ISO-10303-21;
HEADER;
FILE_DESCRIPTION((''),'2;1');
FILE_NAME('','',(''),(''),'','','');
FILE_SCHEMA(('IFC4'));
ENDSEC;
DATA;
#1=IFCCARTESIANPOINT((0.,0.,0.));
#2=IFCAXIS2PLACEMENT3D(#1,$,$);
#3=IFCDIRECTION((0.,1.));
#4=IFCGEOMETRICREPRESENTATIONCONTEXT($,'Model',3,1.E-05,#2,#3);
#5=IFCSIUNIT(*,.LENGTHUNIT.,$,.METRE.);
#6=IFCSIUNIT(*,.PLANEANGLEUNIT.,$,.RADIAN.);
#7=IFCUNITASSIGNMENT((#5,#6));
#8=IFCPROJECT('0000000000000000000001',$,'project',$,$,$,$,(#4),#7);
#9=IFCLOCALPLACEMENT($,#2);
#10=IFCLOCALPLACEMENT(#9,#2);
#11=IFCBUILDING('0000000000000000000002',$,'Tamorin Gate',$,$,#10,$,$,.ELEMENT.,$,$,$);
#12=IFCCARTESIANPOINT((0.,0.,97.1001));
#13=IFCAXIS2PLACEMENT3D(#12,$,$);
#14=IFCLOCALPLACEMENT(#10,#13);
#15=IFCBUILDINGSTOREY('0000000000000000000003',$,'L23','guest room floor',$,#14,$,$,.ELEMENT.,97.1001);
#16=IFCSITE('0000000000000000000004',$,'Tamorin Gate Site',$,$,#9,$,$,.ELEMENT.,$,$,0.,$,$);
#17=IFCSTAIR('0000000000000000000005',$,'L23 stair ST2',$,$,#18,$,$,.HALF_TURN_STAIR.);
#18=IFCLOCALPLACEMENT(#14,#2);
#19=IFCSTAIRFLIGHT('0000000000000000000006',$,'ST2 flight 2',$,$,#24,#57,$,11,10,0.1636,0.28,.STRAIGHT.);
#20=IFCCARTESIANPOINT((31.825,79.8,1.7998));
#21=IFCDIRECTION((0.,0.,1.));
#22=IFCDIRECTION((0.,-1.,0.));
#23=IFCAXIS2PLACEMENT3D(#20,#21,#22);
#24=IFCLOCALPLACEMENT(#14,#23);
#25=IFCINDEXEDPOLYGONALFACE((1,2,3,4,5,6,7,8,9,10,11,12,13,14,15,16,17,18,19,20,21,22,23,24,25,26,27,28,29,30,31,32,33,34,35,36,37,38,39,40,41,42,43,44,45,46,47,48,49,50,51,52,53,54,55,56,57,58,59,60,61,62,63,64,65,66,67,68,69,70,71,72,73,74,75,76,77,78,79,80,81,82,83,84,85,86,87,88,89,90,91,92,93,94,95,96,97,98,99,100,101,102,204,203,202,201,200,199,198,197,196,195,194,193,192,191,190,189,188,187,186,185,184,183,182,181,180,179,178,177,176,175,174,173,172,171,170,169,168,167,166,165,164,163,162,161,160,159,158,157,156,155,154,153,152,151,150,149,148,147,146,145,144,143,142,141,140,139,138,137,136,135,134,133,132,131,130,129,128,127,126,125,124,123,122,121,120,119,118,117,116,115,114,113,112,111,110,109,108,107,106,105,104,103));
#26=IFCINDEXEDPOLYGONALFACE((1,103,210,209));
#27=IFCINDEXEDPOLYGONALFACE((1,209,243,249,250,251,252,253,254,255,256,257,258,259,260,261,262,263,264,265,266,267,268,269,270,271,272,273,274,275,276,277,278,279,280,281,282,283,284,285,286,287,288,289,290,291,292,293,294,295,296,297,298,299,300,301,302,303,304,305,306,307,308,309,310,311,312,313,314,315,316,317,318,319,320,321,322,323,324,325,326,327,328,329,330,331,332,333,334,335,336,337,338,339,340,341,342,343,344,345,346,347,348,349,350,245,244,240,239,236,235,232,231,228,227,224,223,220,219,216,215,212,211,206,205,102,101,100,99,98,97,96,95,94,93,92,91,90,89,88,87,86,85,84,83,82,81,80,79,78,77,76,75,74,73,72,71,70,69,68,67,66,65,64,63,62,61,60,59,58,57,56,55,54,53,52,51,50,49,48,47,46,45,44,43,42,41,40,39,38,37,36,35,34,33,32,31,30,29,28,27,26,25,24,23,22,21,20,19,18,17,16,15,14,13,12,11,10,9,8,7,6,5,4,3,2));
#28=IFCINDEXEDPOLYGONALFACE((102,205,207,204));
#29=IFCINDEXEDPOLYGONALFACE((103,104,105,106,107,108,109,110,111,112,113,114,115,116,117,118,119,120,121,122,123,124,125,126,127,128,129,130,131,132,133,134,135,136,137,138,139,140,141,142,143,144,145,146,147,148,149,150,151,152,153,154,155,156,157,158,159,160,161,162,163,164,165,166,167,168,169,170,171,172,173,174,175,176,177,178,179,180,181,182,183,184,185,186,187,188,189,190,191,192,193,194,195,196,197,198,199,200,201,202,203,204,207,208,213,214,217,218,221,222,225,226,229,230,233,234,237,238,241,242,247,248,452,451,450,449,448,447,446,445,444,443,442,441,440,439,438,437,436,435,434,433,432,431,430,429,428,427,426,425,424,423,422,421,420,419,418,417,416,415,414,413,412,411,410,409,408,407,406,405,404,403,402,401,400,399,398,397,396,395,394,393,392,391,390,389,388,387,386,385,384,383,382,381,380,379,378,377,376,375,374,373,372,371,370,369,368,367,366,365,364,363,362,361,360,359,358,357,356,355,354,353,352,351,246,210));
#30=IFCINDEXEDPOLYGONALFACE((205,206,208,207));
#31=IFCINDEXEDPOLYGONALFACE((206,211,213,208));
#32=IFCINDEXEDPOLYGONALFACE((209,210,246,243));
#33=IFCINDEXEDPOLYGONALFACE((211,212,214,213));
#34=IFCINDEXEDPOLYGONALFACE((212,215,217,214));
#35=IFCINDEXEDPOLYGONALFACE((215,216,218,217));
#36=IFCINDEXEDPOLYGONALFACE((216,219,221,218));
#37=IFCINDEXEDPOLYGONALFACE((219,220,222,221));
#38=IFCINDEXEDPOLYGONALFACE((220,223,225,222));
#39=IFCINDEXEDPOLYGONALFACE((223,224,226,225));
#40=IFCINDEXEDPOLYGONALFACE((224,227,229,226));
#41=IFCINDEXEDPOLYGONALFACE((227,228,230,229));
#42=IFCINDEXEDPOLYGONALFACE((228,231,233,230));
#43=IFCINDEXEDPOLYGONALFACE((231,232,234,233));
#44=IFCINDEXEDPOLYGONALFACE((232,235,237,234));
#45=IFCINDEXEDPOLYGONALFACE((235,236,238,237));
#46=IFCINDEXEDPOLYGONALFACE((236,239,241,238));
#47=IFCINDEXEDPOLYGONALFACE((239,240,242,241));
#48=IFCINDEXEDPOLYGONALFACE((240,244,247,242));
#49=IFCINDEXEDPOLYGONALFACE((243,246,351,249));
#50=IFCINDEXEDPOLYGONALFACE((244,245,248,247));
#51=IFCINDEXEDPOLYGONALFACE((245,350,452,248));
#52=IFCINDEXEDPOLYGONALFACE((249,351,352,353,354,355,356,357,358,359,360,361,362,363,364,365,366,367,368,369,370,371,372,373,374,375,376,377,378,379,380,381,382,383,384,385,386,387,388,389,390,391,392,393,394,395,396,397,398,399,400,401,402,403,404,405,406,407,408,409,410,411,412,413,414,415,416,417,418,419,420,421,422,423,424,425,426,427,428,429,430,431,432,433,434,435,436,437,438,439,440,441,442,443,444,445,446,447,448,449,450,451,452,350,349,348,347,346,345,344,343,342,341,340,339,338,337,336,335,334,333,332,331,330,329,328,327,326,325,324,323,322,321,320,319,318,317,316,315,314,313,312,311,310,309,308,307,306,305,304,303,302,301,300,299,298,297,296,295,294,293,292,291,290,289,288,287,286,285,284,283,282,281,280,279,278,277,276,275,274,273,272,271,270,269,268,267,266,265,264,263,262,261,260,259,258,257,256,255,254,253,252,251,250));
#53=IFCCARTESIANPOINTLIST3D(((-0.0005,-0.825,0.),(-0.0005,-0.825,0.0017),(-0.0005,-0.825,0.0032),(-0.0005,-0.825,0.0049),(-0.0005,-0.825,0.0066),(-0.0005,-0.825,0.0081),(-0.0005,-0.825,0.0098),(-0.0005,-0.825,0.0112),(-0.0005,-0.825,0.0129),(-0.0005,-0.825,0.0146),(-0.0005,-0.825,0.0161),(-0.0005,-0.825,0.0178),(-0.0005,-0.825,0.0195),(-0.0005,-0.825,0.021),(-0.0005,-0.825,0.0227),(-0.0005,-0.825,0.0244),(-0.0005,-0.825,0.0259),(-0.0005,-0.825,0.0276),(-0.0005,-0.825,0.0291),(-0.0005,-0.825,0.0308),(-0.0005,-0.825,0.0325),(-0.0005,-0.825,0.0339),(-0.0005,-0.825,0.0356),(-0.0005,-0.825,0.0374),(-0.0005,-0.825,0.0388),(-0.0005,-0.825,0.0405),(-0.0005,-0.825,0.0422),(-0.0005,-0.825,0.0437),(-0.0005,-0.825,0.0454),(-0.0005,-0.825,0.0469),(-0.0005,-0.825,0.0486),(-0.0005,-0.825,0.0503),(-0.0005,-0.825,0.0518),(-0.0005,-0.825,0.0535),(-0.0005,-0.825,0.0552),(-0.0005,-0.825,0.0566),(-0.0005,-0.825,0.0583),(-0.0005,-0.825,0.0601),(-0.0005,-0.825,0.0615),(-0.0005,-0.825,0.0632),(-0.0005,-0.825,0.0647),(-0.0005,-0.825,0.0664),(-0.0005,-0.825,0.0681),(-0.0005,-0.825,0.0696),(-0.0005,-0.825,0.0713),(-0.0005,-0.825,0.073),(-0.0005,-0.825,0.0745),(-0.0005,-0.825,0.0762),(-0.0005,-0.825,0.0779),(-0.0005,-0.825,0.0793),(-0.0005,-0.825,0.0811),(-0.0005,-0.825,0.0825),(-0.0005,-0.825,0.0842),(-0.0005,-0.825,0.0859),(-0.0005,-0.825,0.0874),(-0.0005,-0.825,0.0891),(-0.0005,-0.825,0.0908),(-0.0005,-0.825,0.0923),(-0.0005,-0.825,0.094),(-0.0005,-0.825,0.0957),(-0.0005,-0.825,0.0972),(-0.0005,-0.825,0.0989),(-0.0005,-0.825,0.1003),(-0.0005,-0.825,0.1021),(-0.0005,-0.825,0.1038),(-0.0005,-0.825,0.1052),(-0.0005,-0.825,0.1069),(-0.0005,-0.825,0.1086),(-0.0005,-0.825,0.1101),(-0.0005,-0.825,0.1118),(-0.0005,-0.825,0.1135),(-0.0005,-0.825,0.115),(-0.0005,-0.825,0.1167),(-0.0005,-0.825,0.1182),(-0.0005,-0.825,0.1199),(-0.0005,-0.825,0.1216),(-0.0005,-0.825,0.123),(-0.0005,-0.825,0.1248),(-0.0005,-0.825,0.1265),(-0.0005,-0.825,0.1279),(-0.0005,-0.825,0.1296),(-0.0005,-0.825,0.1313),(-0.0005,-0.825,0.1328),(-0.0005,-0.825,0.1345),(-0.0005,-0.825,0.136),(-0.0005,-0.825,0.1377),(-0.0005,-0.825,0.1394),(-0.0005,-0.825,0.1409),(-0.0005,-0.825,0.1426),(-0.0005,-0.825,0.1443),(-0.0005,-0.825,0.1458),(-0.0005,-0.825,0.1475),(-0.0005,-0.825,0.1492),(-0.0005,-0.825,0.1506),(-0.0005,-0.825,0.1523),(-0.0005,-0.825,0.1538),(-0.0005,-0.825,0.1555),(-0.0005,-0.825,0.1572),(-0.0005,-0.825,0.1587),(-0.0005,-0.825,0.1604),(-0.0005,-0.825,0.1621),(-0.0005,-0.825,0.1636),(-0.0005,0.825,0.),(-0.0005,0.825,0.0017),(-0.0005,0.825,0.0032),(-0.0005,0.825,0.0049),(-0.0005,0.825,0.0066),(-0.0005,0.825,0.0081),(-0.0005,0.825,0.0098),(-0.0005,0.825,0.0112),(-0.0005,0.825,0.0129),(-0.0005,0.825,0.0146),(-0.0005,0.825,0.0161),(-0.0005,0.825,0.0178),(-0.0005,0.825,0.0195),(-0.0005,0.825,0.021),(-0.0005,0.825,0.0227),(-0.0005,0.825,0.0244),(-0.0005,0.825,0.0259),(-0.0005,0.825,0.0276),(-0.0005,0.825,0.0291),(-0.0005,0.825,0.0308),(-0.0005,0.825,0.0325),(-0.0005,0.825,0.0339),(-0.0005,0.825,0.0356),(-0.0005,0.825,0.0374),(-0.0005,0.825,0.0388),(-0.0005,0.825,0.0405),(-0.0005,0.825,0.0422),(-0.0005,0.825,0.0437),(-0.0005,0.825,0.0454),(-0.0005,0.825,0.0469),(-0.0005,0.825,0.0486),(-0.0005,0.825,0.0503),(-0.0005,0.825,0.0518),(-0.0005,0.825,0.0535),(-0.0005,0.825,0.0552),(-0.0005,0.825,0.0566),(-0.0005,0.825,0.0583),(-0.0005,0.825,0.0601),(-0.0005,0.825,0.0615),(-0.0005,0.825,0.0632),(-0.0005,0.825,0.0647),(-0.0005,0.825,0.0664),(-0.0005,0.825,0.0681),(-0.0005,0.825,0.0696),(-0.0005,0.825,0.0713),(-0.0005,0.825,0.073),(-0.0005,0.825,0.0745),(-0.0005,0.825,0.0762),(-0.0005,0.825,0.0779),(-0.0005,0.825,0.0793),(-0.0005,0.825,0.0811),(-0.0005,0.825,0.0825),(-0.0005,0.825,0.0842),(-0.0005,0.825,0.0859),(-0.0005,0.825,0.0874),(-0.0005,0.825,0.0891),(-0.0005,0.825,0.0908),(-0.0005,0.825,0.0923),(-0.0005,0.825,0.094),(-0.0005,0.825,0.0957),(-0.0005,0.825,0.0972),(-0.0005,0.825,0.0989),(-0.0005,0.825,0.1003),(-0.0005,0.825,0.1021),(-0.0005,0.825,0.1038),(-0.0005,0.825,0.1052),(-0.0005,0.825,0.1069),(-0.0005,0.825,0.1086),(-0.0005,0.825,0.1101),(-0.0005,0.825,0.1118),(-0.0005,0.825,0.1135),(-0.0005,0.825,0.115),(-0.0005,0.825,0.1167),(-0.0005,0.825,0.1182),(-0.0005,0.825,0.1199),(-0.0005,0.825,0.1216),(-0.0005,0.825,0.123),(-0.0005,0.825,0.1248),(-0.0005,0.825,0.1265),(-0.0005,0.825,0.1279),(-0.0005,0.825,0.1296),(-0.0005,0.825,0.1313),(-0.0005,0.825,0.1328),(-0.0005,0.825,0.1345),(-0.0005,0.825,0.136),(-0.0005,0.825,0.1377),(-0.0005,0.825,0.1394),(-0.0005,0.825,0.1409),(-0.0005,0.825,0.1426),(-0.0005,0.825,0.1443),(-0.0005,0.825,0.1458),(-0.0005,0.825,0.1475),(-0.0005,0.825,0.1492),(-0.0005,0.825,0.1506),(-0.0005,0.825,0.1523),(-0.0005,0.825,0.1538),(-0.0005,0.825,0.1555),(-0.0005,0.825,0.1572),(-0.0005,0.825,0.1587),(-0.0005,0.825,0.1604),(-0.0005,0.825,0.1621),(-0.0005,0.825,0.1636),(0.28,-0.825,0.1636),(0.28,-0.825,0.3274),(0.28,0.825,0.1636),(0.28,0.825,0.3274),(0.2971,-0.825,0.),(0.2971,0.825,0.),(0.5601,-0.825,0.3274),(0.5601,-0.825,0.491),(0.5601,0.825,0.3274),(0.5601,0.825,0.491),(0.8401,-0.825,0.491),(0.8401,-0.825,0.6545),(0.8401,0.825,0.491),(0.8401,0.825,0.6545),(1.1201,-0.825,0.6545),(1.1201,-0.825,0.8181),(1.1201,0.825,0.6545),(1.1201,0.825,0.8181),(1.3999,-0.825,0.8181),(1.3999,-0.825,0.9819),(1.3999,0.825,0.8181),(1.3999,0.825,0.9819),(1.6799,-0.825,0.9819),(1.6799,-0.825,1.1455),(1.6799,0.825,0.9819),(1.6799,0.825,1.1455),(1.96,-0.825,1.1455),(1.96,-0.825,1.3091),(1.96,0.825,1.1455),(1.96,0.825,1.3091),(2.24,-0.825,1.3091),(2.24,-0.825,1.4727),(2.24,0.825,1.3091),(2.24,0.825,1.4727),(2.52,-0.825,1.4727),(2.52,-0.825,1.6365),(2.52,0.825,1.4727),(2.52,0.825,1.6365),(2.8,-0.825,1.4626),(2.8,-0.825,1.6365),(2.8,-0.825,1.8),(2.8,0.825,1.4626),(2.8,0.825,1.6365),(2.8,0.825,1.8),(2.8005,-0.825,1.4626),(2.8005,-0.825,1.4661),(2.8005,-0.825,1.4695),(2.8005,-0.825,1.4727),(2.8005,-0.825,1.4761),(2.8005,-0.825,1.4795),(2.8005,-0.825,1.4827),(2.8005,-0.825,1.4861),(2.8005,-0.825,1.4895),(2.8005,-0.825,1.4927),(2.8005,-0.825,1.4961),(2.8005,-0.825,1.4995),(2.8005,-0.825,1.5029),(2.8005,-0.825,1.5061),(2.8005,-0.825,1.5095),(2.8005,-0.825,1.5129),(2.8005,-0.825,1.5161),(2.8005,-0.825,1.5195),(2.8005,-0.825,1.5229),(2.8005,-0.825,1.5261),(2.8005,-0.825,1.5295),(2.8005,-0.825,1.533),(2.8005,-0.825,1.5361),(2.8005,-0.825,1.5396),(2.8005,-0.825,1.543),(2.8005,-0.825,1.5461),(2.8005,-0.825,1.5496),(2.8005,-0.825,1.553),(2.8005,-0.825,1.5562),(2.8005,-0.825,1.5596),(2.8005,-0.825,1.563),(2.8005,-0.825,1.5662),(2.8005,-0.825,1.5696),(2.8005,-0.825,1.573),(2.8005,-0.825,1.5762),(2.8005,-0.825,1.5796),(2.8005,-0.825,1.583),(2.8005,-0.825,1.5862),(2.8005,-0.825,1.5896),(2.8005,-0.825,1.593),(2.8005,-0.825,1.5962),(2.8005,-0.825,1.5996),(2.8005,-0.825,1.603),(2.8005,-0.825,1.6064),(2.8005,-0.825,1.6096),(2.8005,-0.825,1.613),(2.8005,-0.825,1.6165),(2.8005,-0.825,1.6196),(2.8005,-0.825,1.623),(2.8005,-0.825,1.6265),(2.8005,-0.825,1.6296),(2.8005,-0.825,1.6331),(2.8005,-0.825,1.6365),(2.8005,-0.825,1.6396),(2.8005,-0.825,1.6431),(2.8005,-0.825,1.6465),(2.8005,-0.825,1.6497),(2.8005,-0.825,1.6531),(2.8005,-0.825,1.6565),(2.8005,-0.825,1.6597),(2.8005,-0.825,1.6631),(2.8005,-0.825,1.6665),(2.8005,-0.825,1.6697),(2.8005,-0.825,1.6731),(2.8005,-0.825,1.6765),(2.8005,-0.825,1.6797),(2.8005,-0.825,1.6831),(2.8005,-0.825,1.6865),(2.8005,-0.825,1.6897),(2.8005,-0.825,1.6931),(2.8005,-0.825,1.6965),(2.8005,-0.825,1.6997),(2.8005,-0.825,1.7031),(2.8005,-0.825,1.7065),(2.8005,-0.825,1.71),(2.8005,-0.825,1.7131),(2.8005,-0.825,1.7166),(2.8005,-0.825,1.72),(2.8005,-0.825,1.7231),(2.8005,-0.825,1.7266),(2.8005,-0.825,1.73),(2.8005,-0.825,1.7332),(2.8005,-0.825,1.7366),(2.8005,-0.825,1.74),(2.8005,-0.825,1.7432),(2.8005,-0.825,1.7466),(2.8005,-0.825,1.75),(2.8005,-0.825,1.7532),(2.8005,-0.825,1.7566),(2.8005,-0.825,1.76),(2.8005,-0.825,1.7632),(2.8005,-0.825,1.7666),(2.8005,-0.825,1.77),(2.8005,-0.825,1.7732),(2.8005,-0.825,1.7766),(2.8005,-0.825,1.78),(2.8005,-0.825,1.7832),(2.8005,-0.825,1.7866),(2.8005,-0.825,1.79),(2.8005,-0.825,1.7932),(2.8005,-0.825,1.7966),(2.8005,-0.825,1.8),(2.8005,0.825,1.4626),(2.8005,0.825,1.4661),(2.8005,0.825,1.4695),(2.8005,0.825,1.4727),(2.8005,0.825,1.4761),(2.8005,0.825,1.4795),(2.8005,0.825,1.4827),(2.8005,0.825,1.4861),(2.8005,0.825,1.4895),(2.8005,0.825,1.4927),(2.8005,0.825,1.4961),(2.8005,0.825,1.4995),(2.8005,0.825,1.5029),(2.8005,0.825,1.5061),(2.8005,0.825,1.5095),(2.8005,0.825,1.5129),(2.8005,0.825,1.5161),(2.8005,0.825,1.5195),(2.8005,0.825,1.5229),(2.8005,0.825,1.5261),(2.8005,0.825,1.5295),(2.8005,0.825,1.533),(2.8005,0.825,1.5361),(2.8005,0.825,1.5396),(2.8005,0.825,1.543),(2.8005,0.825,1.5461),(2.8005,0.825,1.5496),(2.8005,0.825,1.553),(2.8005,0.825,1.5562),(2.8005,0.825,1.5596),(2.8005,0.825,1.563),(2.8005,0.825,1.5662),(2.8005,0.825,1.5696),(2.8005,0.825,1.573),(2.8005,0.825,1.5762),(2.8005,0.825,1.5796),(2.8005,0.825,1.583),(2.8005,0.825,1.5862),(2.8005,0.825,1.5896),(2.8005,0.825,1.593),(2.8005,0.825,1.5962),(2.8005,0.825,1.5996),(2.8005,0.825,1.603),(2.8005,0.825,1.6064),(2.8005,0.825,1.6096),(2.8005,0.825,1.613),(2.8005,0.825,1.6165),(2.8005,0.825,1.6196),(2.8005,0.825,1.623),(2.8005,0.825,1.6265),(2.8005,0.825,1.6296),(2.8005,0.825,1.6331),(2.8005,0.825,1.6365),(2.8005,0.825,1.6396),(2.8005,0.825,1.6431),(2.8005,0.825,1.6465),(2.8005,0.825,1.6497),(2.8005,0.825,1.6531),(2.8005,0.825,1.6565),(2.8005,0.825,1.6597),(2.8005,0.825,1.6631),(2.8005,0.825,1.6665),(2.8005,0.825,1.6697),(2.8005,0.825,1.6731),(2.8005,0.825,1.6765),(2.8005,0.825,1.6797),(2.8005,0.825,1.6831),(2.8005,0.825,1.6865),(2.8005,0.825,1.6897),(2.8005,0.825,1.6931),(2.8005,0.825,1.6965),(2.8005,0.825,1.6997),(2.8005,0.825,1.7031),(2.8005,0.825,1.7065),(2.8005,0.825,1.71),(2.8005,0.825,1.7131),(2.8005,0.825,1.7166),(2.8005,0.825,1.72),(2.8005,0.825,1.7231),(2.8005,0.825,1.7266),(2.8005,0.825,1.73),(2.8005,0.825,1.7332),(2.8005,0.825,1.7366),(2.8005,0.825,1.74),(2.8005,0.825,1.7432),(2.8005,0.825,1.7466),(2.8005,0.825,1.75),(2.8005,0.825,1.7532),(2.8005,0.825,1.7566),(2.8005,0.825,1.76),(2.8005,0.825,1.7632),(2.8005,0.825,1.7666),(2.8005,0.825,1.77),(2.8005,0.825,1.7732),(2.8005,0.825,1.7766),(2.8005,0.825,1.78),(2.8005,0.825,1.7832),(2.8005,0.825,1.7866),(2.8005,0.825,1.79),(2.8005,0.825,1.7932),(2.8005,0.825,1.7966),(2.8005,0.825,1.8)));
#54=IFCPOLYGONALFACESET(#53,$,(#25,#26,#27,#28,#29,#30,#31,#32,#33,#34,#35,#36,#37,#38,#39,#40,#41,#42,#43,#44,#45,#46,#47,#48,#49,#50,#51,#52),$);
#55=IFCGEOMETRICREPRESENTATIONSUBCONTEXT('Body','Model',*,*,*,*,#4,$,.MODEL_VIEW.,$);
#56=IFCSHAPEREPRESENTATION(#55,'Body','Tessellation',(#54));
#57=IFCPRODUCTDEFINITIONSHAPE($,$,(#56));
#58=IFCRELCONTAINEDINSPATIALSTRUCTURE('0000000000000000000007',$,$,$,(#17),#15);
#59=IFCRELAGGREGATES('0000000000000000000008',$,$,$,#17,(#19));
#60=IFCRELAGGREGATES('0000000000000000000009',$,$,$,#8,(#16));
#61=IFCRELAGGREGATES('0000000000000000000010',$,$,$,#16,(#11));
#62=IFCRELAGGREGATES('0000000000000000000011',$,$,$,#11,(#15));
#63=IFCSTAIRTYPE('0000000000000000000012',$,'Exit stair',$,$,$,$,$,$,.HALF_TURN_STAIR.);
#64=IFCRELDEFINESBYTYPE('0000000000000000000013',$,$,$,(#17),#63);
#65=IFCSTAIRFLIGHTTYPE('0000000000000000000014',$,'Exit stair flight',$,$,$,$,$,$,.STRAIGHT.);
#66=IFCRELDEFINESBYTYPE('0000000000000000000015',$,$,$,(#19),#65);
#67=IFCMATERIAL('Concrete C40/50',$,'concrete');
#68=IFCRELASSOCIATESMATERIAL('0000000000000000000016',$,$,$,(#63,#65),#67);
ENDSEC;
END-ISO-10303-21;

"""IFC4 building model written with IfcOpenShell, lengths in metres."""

from ifc_helpers import new_model, si_unit, direction, frame, origin, place, context, subcontext, project, spatial, polyline, outline, extrude, material, type_object, element, aggregate, save


model = new_model("IFC4")

# Units and contexts
model_context = context("Model", 3, precision=1e-05, world=origin(), true_north=direction((0.0, 1.0)))
body_context = subcontext(model_context, "Body", "Model", "MODEL_VIEW")
ifc_project = project(units=[si_unit("LENGTHUNIT", "METRE"), si_unit("PLANEANGLEUNIT", "RADIAN")], contexts=[model_context])

# Site, building, storey
site_placement = place(None, origin())
site = spatial("IfcSite", under=ifc_project, at=site_placement, Name="Tamorin Gate Site", CompositionType="ELEMENT", RefElevation=0.0)
building_placement = place(site_placement, origin())
building = spatial("IfcBuilding", under=site, at=building_placement, Name="Tamorin Gate", CompositionType="ELEMENT")
storey_placement = place(building_placement, frame((0.0, 0.0, 97.1001)))
storey = spatial("IfcBuildingStorey", under=building, at=storey_placement, Name="L23", Description="guest room floor", CompositionType="ELEMENT", Elevation=97.1001)

# Shared definitions
ifc_material_1 = material(Name="Concrete C40/50", Category="concrete")

# Stair, stair flight
stair_type = type_object("IfcStairType", Name="Exit stair", PredefinedType="HALF_TURN_STAIR", material=ifc_material_1)
stair_placement = place(storey_placement, origin())
stair = element("IfcStair", 1, at=stair_placement, inside=storey, type_object=stair_type, Name="L23 stair ST2", PredefinedType="HALF_TURN_STAIR")
stair_flight_type = type_object("IfcStairFlightType", Name="Exit stair flight", PredefinedType="STRAIGHT", material=ifc_material_1)
stair_flight_1_placement = place(storey_placement, frame((31.825, 79.8, 1.7998), z_axis=(0.0, 0.0, 1.0), x_axis=(0.0, -1.0, 0.0)))
stair_flight_1 = element("IfcStairFlight", 2, at=stair_flight_1_placement, type_object=stair_flight_type, Name="ST2 flight 2", NumberOfRisers=11, NumberOfTreads=10, PredefinedType="STRAIGHT", RiserHeight=0.1636, TreadLength=0.28, context=body_context, shape_type="SweptSolid", body=[
    extrude(outline(polyline([(-0.0005, 0.0), (-0.0005, 0.0017), (-0.0005, 0.0032), (-0.0005, 0.0049), (-0.0005, 0.0066), (-0.0005, 0.0081), (-0.0005, 0.0098), (-0.0005, 0.0112), (-0.0005, 0.0129), (-0.0005, 0.0146), (-0.0005, 0.0161), (-0.0005, 0.0178), (-0.0005, 0.0195), (-0.0005, 0.021), (-0.0005, 0.0227), (-0.0005, 0.0244), (-0.0005, 0.0259), (-0.0005, 0.0276), (-0.0005, 0.0291), (-0.0005, 0.0308), (-0.0005, 0.0325), (-0.0005, 0.0339), (-0.0005, 0.0356), (-0.0005, 0.0374), (-0.0005, 0.0388), (-0.0005, 0.0405), (-0.0005, 0.0422), (-0.0005, 0.0437), (-0.0005, 0.0454), (-0.0005, 0.0469), (-0.0005, 0.0486), (-0.0005, 0.0503), (-0.0005, 0.0518), (-0.0005, 0.0535), (-0.0005, 0.0552), (-0.0005, 0.0566), (-0.0005, 0.0583), (-0.0005, 0.0601), (-0.0005, 0.0615), (-0.0005, 0.0632), (-0.0005, 0.0647), (-0.0005, 0.0664), (-0.0005, 0.0681), (-0.0005, 0.0696), (-0.0005, 0.0713), (-0.0005, 0.073), (-0.0005, 0.0745), (-0.0005, 0.0762), (-0.0005, 0.0779), (-0.0005, 0.0793), (-0.0005, 0.0811), (-0.0005, 0.0825), (-0.0005, 0.0842), (-0.0005, 0.0859), (-0.0005, 0.0874), (-0.0005, 0.0891), (-0.0005, 0.0908), (-0.0005, 0.0923), (-0.0005, 0.094), (-0.0005, 0.0957), (-0.0005, 0.0972), (-0.0005, 0.0989), (-0.0005, 0.1003), (-0.0005, 0.1021), (-0.0005, 0.1038), (-0.0005, 0.1052), (-0.0005, 0.1069), (-0.0005, 0.1086), (-0.0005, 0.1101), (-0.0005, 0.1118), (-0.0005, 0.1135), (-0.0005, 0.115), (-0.0005, 0.1167), (-0.0005, 0.1182), (-0.0005, 0.1199), (-0.0005, 0.1216), (-0.0005, 0.123), (-0.0005, 0.1248), (-0.0005, 0.1265), (-0.0005, 0.1279), (-0.0005, 0.1296), (-0.0005, 0.1313), (-0.0005, 0.1328), (-0.0005, 0.1345), (-0.0005, 0.136), (-0.0005, 0.1377), (-0.0005, 0.1394), (-0.0005, 0.1409), (-0.0005, 0.1426), (-0.0005, 0.1443), (-0.0005, 0.1458), (-0.0005, 0.1475), (-0.0005, 0.1492), (-0.0005, 0.1506), (-0.0005, 0.1523), (-0.0005, 0.1538), (-0.0005, 0.1555), (-0.0005, 0.1572), (-0.0005, 0.1587), (-0.0005, 0.1604), (-0.0005, 0.1621), (-0.0005, 0.1636), (0.28, 0.1636), (0.28, 0.3274), (0.5601, 0.3274), (0.5601, 0.491), (0.8401, 0.491), (0.8401, 0.6545), (1.1201, 0.6545), (1.1201, 0.8181), (1.3999, 0.8181), (1.3999, 0.9819), (1.6799, 0.9819), (1.6799, 1.1455), (1.96, 1.1455), (1.96, 1.3091), (2.24, 1.3091), (2.24, 1.4727), (2.52, 1.4727), (2.52, 1.6365), (2.8, 1.6365), (2.8, 1.8), (2.8005, 1.8), (2.8005, 1.7966), (2.8005, 1.7932), (2.8005, 1.79), (2.8005, 1.7866), (2.8005, 1.7832), (2.8005, 1.78), (2.8005, 1.7766), (2.8005, 1.7732), (2.8005, 1.77), (2.8005, 1.7666), (2.8005, 1.7632), (2.8005, 1.76), (2.8005, 1.7566), (2.8005, 1.7532), (2.8005, 1.75), (2.8005, 1.7466), (2.8005, 1.7432), (2.8005, 1.74), (2.8005, 1.7366), (2.8005, 1.7332), (2.8005, 1.73), (2.8005, 1.7266), (2.8005, 1.7231), (2.8005, 1.72), (2.8005, 1.7166), (2.8005, 1.7131), (2.8005, 1.71), (2.8005, 1.7065), (2.8005, 1.7031), (2.8005, 1.6997), (2.8005, 1.6965), (2.8005, 1.6931), (2.8005, 1.6897), (2.8005, 1.6865), (2.8005, 1.6831), (2.8005, 1.6797), (2.8005, 1.6765), (2.8005, 1.6731), (2.8005, 1.6697), (2.8005, 1.6665), (2.8005, 1.6631), (2.8005, 1.6597), (2.8005, 1.6565), (2.8005, 1.6531), (2.8005, 1.6497), (2.8005, 1.6465), (2.8005, 1.6431), (2.8005, 1.6396), (2.8005, 1.6365), (2.8005, 1.6331), (2.8005, 1.6296), (2.8005, 1.6265), (2.8005, 1.623), (2.8005, 1.6196), (2.8005, 1.6165), (2.8005, 1.613), (2.8005, 1.6096), (2.8005, 1.6064), (2.8005, 1.603), (2.8005, 1.5996), (2.8005, 1.5962), (2.8005, 1.593), (2.8005, 1.5896), (2.8005, 1.5862), (2.8005, 1.583), (2.8005, 1.5796), (2.8005, 1.5762), (2.8005, 1.573), (2.8005, 1.5696), (2.8005, 1.5662), (2.8005, 1.563), (2.8005, 1.5596), (2.8005, 1.5562), (2.8005, 1.553), (2.8005, 1.5496), (2.8005, 1.5461), (2.8005, 1.543), (2.8005, 1.5396), (2.8005, 1.5361), (2.8005, 1.533), (2.8005, 1.5295), (2.8005, 1.5261), (2.8005, 1.5229), (2.8005, 1.5195), (2.8005, 1.5161), (2.8005, 1.5129), (2.8005, 1.5095), (2.8005, 1.5061), (2.8005, 1.5029), (2.8005, 1.4995), (2.8005, 1.4961), (2.8005, 1.4927), (2.8005, 1.4895), (2.8005, 1.4861), (2.8005, 1.4827), (2.8005, 1.4795), (2.8005, 1.4761), (2.8005, 1.4727), (2.8005, 1.4695), (2.8005, 1.4661), (2.8005, 1.4626), (2.8, 1.4626), (0.2971, 0.0), (-0.0005, 0.0)])), frame((0.0, 0.825, 0.0), z_axis=(0.0, -1.0, 0.0), x_axis=(1.0, 0.0, 0.0)), (0.0, 0.0, 1.0), 1.6499),
])
aggregate(stair, [stair_flight_1])

save(model, "model.ifc")
